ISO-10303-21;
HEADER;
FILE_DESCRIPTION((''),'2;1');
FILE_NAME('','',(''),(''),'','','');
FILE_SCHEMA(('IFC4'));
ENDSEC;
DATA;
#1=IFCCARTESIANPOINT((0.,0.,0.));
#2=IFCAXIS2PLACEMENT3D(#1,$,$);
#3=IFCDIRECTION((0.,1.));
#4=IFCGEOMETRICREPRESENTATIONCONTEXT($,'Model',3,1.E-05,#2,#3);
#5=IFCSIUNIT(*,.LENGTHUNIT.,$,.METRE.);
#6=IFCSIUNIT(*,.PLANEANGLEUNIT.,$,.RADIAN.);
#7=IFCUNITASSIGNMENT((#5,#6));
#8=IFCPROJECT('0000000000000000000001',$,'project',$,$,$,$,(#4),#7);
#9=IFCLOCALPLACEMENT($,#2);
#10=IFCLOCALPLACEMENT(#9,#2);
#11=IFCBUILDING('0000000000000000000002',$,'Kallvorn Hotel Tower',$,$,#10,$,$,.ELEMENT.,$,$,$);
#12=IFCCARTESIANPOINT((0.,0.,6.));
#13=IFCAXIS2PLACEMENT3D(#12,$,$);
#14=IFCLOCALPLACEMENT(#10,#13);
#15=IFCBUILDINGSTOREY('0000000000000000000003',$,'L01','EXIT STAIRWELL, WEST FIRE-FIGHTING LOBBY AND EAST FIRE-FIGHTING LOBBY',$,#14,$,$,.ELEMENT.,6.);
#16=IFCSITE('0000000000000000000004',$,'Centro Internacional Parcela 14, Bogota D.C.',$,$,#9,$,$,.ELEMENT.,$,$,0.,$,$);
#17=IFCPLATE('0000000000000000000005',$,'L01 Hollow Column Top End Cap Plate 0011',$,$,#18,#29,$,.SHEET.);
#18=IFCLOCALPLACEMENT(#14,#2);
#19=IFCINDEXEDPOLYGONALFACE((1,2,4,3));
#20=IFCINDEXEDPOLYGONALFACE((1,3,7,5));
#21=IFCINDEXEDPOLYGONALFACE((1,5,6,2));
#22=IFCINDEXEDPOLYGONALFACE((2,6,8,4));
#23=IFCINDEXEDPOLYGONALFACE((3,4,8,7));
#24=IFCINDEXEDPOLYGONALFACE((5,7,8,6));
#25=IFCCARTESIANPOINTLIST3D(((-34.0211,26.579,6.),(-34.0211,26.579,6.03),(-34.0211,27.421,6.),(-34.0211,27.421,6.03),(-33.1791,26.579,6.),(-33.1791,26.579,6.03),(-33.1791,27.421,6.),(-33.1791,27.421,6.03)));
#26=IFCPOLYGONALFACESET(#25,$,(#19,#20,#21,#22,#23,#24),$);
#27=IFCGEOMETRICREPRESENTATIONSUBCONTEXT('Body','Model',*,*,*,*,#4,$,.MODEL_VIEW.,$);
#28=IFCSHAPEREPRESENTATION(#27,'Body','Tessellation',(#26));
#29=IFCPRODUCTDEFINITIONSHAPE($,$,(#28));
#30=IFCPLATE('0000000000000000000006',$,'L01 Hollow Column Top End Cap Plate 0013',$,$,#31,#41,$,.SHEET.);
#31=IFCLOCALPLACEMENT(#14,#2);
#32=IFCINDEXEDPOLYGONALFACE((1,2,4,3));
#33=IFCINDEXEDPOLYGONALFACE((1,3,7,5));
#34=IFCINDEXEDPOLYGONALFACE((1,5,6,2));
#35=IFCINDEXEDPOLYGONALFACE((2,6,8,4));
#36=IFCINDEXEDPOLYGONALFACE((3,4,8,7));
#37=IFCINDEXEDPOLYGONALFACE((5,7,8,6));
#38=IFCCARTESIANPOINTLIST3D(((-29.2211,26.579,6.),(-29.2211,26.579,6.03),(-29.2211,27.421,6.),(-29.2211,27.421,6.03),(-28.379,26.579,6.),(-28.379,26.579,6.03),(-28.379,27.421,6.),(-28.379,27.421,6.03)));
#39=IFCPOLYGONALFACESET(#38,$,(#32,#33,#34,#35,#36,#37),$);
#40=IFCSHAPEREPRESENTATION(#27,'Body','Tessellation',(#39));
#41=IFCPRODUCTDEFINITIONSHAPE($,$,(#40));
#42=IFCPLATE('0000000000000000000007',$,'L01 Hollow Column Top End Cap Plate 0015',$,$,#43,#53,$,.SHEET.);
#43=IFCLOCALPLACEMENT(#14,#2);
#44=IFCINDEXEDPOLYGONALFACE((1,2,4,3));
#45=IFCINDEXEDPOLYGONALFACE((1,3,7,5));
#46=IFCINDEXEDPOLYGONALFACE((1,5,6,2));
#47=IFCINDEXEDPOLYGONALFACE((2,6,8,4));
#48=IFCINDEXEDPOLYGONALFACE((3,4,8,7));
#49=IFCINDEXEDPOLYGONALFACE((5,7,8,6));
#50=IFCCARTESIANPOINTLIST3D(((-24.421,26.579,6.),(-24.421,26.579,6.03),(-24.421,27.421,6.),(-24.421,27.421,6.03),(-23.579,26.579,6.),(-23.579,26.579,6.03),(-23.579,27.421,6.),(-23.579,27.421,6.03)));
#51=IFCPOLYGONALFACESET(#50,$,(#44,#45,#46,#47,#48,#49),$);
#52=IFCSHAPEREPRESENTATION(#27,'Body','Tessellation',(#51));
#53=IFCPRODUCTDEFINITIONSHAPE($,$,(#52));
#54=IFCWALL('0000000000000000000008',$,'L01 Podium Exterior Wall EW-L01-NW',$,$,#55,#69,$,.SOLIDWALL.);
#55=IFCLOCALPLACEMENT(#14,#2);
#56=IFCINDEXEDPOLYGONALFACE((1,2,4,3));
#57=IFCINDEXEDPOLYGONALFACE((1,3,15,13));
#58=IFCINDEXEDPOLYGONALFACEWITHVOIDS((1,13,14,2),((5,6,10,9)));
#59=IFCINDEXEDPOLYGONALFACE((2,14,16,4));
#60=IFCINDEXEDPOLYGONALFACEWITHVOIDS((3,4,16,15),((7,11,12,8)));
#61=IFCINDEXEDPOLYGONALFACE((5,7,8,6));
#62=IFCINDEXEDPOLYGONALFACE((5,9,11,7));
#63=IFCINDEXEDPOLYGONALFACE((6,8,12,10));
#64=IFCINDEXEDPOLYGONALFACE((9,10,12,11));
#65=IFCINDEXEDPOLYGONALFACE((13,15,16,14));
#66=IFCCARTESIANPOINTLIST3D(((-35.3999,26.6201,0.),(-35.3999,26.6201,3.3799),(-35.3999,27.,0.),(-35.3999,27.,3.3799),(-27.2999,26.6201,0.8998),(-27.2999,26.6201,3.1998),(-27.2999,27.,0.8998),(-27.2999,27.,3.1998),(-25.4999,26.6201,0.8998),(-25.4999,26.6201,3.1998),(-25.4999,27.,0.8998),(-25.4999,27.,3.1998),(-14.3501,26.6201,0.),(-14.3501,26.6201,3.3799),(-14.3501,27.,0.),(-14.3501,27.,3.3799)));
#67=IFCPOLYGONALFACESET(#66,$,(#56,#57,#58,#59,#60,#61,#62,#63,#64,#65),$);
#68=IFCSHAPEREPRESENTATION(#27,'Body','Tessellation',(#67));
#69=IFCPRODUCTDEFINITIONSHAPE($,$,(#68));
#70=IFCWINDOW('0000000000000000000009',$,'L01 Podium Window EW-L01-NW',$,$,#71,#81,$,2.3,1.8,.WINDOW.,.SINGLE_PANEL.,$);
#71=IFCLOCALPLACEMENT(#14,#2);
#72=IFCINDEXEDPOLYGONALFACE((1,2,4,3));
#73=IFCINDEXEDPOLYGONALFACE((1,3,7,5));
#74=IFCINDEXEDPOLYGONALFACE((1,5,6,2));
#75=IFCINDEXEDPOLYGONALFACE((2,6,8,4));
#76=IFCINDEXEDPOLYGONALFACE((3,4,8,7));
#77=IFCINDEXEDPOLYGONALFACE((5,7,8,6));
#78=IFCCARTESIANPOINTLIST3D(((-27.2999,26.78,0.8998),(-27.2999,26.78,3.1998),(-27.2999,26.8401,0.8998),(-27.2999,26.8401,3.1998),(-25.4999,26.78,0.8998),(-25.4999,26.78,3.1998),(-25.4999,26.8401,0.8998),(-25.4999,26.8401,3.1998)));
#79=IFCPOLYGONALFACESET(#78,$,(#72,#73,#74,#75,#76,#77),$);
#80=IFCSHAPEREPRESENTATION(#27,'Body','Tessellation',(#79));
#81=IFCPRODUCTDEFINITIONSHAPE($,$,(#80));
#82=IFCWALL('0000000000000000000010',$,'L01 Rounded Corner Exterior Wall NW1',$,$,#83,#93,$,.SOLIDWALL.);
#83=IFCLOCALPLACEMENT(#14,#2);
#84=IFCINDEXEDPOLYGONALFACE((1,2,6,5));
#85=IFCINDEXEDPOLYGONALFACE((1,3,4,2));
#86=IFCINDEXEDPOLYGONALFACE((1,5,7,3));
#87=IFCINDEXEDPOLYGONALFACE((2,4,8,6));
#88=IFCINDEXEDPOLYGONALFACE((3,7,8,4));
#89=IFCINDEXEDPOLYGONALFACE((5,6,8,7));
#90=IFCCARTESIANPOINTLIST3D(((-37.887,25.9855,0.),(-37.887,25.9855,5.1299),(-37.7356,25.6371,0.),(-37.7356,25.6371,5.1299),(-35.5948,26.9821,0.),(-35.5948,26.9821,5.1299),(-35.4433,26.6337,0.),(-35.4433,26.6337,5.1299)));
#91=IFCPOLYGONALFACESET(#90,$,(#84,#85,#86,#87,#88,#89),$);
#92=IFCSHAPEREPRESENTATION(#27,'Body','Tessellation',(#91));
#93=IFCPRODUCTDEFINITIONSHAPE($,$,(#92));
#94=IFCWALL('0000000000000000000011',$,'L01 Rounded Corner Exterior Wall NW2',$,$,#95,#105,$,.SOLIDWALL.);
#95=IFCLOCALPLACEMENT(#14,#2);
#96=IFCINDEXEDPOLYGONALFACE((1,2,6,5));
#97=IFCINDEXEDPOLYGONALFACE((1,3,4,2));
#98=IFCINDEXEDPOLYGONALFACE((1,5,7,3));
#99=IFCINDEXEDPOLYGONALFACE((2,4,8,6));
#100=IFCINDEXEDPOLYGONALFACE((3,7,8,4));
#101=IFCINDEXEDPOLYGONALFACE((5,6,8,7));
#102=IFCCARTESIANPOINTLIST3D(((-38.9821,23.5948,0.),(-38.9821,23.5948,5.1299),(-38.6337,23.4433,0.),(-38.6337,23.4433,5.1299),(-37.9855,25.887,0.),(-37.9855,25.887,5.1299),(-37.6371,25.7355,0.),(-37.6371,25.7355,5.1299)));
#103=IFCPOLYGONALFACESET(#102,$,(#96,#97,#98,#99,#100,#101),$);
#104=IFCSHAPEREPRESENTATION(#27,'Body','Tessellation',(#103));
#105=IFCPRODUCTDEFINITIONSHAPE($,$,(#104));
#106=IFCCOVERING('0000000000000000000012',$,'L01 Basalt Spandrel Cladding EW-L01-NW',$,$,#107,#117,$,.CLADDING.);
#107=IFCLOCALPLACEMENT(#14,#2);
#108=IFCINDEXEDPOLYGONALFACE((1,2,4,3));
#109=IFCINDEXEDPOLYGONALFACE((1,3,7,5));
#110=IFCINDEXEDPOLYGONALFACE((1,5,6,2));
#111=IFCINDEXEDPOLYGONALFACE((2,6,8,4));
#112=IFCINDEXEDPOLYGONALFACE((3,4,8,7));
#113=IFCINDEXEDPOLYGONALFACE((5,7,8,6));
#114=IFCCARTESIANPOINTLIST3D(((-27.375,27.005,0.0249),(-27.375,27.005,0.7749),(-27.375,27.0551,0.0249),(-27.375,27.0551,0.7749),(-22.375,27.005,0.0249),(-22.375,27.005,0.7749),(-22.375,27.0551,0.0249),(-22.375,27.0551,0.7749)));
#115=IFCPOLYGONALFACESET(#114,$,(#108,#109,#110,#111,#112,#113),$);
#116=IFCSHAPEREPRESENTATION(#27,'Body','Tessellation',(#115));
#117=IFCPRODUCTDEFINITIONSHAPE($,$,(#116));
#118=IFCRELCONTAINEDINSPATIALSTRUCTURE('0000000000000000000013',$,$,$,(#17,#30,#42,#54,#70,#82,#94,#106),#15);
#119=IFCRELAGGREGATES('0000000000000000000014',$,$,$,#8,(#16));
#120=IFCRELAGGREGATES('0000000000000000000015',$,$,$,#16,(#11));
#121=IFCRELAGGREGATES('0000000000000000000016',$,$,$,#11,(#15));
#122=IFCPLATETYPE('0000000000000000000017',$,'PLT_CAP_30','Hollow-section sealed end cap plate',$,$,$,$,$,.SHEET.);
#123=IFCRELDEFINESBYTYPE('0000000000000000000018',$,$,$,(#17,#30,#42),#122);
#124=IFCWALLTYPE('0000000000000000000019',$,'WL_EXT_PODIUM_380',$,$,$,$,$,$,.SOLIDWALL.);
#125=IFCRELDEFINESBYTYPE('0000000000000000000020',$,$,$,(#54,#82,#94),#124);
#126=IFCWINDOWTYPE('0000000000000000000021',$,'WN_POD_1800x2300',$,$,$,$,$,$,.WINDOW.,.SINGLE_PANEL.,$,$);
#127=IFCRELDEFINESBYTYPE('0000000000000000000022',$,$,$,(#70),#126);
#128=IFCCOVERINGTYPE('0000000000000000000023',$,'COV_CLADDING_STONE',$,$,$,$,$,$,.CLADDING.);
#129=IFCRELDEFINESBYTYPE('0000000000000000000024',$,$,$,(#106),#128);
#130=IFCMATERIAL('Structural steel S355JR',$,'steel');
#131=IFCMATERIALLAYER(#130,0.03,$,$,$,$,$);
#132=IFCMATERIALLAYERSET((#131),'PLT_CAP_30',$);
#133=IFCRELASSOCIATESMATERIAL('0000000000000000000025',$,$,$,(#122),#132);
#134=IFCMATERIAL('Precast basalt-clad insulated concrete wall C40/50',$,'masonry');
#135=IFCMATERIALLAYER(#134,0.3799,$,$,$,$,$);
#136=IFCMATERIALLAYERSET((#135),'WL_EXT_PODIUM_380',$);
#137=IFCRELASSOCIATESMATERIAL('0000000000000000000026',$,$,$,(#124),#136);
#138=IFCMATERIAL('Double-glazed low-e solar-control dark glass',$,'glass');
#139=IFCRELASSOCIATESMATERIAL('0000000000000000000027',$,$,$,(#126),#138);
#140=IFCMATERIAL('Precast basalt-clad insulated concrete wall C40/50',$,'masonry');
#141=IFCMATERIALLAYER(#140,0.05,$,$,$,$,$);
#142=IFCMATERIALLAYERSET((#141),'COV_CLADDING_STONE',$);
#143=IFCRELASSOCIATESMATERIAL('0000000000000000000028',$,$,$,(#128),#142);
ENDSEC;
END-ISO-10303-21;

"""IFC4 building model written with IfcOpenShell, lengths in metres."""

from ifc_helpers import new_model, si_unit, direction, frame, frame_2d, origin, origin_2d, place, context, subcontext, project, spatial, rectangle, extrude, material, layer, layer_set, type_object, element, fill, save


model = new_model("IFC4")

# Units and contexts
model_context = context("Model", 3, precision=1e-05, world=origin(), true_north=direction((0.0, 1.0)))
body_context = subcontext(model_context, "Body", "Model", "MODEL_VIEW")
ifc_project = project(units=[si_unit("LENGTHUNIT", "METRE"), si_unit("PLANEANGLEUNIT", "RADIAN")], contexts=[model_context])

# Site, building, storey
site_placement = place(None, origin())
site = spatial("IfcSite", under=ifc_project, at=site_placement, Name="Centro Internacional Parcela 14, Bogota D.C.", CompositionType="ELEMENT", RefElevation=0.0)
building_placement = place(site_placement, origin())
building = spatial("IfcBuilding", under=site, at=building_placement, Name="Kallvorn Hotel Tower", CompositionType="ELEMENT")
storey_placement = place(building_placement, frame((0.0, 0.0, 6.0)))
storey = spatial("IfcBuildingStorey", under=building, at=storey_placement, Name="L01", Description="EXIT STAIRWELL, WEST FIRE-FIGHTING LOBBY AND EAST FIRE-FIGHTING LOBBY", CompositionType="ELEMENT", Elevation=6.0)

# Plates
ifc_material_1 = material(Name="Structural steel S355JR", Category="steel")
ifc_layer_1 = layer(ifc_material_1, 0.03)
ifc_layer_set_1 = layer_set([ifc_layer_1], Name="PLT_CAP_30")
plate_type = type_object("IfcPlateType", Name="PLT_CAP_30", Description="Hollow-section sealed end cap plate", PredefinedType="SHEET", material=ifc_layer_set_1)
for number, where, z_axis, x_axis, name in (
    (1, (-33.6001, 27.0, 6.0), (0.0, 0.0, 1.0), (1.0, 0.0, 0.0), "L01 Hollow Column Top End Cap Plate 0011"),
    (2, (-28.8, 27.0, 6.0), (0.0, 0.0, 1.0), (1.0, 0.0, 0.0), "L01 Hollow Column Top End Cap Plate 0013"),
    (3, (-24.0, 27.0, 6.0), (0.0, 0.0, 1.0), (1.0, 0.0, 0.0), "L01 Hollow Column Top End Cap Plate 0015"),
):
    element("IfcPlate", number, at=place(storey_placement, frame(where, z_axis=z_axis, x_axis=x_axis)), inside=storey, type_object=plate_type, Name=name, PredefinedType="SHEET", context=body_context, shape_type="SweptSolid", body=[
        extrude(rectangle(XDim=0.842, YDim=0.842, at=origin_2d()), origin(), (0.0, 0.0, 1.0), 0.03),
    ])

# Wall, opening, window
ifc_material_2 = material(Name="Precast basalt-clad insulated concrete wall C40/50", Category="masonry")
ifc_layer_2 = layer(ifc_material_2, 0.3799)
ifc_layer_set_2 = layer_set([ifc_layer_2], Name="WL_EXT_PODIUM_380")
wall_type = type_object("IfcWallType", Name="WL_EXT_PODIUM_380", PredefinedType="SOLIDWALL", material=ifc_layer_set_2)
wall_placement = place(storey_placement, frame((-35.3999, 26.8101, 0.0), z_axis=(0.0, 0.0, 1.0), x_axis=(1.0, 0.0, 0.0)))
wall = element("IfcWall", 4, at=wall_placement, inside=storey, type_object=wall_type, Name="L01 Podium Exterior Wall EW-L01-NW", PredefinedType="SOLIDWALL", context=body_context, shape_type="SweptSolid", body=[
    extrude(rectangle(XDim=21.0498, YDim=0.3799, at=frame_2d((10.5249, 0.0))), origin(), (0.0, 0.0, 1.0), 3.3799),
])
opening_placement = place(wall_placement, frame((8.1001, 0.0, 0.8999)))
opening = element("IfcOpeningElement", 5, at=opening_placement, cuts=wall, PredefinedType="OPENING", context=body_context, shape_type="SweptSolid", body=[
    extrude(rectangle(XDim=1.8, YDim=2.3, at=frame_2d((0.8999, 1.1499))), frame((0.0, 0.2048, 0.0), z_axis=(0.0, -1.0, 0.0), x_axis=(1.0, 0.0, 0.0)), (0.0, 0.0, 1.0), 0.4099),
])
ifc_material_3 = material(Name="Double-glazed low-e solar-control dark glass", Category="glass")
window_type = type_object("IfcWindowType", Name="WN_POD_1800x2300", PartitioningType="SINGLE_PANEL", PredefinedType="WINDOW", material=ifc_material_3)
window_placement = place(opening_placement, origin())
window = element("IfcWindow", 6, at=window_placement, inside=storey, type_object=window_type, Name="L01 Podium Window EW-L01-NW", OverallHeight=2.3, OverallWidth=1.8, PartitioningType="SINGLE_PANEL", PredefinedType="WINDOW", context=body_context, shape_type="SweptSolid", body=[
    extrude(rectangle(XDim=1.8, YDim=2.3, at=frame_2d((0.8999, 1.1499))), frame((0.0, 0.03, 0.0), z_axis=(0.0, -1.0, 0.0), x_axis=(1.0, 0.0, 0.0)), (0.0, 0.0, 1.0), 0.0601),
])
fill(opening, window)

# Walls
for number, where, z_axis, x_axis, name in (
    (7, (-35.519, 26.8079, 0.0), (0.0, 0.0, 1.0), (-0.917076, -0.398712, 0.0), "L01 Rounded Corner Exterior Wall NW1"),
    (8, (-37.8113, 25.8113, 0.0), (0.0, 0.0, 1.0), (-0.398712, -0.917076, 0.0), "L01 Rounded Corner Exterior Wall NW2"),
):
    element("IfcWall", number, at=place(storey_placement, frame(where, z_axis=z_axis, x_axis=x_axis)), inside=storey, type_object=wall_type, Name=name, PredefinedType="SOLIDWALL", context=body_context, shape_type="SweptSolid", body=[
        extrude(rectangle(XDim=2.4995, YDim=0.3799, at=frame_2d((1.2498, 0.0))), origin(), (0.0, 0.0, 1.0), 5.1299),
    ])

# Covering
ifc_material_4 = material(Name="Precast basalt-clad insulated concrete wall C40/50", Category="masonry")
ifc_layer_3 = layer(ifc_material_4, 0.05)
ifc_layer_set_3 = layer_set([ifc_layer_3], Name="COV_CLADDING_STONE")
covering_type = type_object("IfcCoveringType", Name="COV_CLADDING_STONE", PredefinedType="CLADDING", material=ifc_layer_set_3)
covering_placement = place(storey_placement, frame((-24.875, 27.03, 0.0249), z_axis=(0.0, 0.0, 1.0), x_axis=(1.0, 0.0, 0.0)))
element("IfcCovering", 9, at=covering_placement, inside=storey, type_object=covering_type, Name="L01 Basalt Spandrel Cladding EW-L01-NW", PredefinedType="CLADDING", context=body_context, shape_type="SweptSolid", body=[
    extrude(rectangle(XDim=5.0, YDim=0.05, at=origin_2d()), origin(), (0.0, 0.0, 1.0), 0.75),
])

save(model, "model.ifc")
